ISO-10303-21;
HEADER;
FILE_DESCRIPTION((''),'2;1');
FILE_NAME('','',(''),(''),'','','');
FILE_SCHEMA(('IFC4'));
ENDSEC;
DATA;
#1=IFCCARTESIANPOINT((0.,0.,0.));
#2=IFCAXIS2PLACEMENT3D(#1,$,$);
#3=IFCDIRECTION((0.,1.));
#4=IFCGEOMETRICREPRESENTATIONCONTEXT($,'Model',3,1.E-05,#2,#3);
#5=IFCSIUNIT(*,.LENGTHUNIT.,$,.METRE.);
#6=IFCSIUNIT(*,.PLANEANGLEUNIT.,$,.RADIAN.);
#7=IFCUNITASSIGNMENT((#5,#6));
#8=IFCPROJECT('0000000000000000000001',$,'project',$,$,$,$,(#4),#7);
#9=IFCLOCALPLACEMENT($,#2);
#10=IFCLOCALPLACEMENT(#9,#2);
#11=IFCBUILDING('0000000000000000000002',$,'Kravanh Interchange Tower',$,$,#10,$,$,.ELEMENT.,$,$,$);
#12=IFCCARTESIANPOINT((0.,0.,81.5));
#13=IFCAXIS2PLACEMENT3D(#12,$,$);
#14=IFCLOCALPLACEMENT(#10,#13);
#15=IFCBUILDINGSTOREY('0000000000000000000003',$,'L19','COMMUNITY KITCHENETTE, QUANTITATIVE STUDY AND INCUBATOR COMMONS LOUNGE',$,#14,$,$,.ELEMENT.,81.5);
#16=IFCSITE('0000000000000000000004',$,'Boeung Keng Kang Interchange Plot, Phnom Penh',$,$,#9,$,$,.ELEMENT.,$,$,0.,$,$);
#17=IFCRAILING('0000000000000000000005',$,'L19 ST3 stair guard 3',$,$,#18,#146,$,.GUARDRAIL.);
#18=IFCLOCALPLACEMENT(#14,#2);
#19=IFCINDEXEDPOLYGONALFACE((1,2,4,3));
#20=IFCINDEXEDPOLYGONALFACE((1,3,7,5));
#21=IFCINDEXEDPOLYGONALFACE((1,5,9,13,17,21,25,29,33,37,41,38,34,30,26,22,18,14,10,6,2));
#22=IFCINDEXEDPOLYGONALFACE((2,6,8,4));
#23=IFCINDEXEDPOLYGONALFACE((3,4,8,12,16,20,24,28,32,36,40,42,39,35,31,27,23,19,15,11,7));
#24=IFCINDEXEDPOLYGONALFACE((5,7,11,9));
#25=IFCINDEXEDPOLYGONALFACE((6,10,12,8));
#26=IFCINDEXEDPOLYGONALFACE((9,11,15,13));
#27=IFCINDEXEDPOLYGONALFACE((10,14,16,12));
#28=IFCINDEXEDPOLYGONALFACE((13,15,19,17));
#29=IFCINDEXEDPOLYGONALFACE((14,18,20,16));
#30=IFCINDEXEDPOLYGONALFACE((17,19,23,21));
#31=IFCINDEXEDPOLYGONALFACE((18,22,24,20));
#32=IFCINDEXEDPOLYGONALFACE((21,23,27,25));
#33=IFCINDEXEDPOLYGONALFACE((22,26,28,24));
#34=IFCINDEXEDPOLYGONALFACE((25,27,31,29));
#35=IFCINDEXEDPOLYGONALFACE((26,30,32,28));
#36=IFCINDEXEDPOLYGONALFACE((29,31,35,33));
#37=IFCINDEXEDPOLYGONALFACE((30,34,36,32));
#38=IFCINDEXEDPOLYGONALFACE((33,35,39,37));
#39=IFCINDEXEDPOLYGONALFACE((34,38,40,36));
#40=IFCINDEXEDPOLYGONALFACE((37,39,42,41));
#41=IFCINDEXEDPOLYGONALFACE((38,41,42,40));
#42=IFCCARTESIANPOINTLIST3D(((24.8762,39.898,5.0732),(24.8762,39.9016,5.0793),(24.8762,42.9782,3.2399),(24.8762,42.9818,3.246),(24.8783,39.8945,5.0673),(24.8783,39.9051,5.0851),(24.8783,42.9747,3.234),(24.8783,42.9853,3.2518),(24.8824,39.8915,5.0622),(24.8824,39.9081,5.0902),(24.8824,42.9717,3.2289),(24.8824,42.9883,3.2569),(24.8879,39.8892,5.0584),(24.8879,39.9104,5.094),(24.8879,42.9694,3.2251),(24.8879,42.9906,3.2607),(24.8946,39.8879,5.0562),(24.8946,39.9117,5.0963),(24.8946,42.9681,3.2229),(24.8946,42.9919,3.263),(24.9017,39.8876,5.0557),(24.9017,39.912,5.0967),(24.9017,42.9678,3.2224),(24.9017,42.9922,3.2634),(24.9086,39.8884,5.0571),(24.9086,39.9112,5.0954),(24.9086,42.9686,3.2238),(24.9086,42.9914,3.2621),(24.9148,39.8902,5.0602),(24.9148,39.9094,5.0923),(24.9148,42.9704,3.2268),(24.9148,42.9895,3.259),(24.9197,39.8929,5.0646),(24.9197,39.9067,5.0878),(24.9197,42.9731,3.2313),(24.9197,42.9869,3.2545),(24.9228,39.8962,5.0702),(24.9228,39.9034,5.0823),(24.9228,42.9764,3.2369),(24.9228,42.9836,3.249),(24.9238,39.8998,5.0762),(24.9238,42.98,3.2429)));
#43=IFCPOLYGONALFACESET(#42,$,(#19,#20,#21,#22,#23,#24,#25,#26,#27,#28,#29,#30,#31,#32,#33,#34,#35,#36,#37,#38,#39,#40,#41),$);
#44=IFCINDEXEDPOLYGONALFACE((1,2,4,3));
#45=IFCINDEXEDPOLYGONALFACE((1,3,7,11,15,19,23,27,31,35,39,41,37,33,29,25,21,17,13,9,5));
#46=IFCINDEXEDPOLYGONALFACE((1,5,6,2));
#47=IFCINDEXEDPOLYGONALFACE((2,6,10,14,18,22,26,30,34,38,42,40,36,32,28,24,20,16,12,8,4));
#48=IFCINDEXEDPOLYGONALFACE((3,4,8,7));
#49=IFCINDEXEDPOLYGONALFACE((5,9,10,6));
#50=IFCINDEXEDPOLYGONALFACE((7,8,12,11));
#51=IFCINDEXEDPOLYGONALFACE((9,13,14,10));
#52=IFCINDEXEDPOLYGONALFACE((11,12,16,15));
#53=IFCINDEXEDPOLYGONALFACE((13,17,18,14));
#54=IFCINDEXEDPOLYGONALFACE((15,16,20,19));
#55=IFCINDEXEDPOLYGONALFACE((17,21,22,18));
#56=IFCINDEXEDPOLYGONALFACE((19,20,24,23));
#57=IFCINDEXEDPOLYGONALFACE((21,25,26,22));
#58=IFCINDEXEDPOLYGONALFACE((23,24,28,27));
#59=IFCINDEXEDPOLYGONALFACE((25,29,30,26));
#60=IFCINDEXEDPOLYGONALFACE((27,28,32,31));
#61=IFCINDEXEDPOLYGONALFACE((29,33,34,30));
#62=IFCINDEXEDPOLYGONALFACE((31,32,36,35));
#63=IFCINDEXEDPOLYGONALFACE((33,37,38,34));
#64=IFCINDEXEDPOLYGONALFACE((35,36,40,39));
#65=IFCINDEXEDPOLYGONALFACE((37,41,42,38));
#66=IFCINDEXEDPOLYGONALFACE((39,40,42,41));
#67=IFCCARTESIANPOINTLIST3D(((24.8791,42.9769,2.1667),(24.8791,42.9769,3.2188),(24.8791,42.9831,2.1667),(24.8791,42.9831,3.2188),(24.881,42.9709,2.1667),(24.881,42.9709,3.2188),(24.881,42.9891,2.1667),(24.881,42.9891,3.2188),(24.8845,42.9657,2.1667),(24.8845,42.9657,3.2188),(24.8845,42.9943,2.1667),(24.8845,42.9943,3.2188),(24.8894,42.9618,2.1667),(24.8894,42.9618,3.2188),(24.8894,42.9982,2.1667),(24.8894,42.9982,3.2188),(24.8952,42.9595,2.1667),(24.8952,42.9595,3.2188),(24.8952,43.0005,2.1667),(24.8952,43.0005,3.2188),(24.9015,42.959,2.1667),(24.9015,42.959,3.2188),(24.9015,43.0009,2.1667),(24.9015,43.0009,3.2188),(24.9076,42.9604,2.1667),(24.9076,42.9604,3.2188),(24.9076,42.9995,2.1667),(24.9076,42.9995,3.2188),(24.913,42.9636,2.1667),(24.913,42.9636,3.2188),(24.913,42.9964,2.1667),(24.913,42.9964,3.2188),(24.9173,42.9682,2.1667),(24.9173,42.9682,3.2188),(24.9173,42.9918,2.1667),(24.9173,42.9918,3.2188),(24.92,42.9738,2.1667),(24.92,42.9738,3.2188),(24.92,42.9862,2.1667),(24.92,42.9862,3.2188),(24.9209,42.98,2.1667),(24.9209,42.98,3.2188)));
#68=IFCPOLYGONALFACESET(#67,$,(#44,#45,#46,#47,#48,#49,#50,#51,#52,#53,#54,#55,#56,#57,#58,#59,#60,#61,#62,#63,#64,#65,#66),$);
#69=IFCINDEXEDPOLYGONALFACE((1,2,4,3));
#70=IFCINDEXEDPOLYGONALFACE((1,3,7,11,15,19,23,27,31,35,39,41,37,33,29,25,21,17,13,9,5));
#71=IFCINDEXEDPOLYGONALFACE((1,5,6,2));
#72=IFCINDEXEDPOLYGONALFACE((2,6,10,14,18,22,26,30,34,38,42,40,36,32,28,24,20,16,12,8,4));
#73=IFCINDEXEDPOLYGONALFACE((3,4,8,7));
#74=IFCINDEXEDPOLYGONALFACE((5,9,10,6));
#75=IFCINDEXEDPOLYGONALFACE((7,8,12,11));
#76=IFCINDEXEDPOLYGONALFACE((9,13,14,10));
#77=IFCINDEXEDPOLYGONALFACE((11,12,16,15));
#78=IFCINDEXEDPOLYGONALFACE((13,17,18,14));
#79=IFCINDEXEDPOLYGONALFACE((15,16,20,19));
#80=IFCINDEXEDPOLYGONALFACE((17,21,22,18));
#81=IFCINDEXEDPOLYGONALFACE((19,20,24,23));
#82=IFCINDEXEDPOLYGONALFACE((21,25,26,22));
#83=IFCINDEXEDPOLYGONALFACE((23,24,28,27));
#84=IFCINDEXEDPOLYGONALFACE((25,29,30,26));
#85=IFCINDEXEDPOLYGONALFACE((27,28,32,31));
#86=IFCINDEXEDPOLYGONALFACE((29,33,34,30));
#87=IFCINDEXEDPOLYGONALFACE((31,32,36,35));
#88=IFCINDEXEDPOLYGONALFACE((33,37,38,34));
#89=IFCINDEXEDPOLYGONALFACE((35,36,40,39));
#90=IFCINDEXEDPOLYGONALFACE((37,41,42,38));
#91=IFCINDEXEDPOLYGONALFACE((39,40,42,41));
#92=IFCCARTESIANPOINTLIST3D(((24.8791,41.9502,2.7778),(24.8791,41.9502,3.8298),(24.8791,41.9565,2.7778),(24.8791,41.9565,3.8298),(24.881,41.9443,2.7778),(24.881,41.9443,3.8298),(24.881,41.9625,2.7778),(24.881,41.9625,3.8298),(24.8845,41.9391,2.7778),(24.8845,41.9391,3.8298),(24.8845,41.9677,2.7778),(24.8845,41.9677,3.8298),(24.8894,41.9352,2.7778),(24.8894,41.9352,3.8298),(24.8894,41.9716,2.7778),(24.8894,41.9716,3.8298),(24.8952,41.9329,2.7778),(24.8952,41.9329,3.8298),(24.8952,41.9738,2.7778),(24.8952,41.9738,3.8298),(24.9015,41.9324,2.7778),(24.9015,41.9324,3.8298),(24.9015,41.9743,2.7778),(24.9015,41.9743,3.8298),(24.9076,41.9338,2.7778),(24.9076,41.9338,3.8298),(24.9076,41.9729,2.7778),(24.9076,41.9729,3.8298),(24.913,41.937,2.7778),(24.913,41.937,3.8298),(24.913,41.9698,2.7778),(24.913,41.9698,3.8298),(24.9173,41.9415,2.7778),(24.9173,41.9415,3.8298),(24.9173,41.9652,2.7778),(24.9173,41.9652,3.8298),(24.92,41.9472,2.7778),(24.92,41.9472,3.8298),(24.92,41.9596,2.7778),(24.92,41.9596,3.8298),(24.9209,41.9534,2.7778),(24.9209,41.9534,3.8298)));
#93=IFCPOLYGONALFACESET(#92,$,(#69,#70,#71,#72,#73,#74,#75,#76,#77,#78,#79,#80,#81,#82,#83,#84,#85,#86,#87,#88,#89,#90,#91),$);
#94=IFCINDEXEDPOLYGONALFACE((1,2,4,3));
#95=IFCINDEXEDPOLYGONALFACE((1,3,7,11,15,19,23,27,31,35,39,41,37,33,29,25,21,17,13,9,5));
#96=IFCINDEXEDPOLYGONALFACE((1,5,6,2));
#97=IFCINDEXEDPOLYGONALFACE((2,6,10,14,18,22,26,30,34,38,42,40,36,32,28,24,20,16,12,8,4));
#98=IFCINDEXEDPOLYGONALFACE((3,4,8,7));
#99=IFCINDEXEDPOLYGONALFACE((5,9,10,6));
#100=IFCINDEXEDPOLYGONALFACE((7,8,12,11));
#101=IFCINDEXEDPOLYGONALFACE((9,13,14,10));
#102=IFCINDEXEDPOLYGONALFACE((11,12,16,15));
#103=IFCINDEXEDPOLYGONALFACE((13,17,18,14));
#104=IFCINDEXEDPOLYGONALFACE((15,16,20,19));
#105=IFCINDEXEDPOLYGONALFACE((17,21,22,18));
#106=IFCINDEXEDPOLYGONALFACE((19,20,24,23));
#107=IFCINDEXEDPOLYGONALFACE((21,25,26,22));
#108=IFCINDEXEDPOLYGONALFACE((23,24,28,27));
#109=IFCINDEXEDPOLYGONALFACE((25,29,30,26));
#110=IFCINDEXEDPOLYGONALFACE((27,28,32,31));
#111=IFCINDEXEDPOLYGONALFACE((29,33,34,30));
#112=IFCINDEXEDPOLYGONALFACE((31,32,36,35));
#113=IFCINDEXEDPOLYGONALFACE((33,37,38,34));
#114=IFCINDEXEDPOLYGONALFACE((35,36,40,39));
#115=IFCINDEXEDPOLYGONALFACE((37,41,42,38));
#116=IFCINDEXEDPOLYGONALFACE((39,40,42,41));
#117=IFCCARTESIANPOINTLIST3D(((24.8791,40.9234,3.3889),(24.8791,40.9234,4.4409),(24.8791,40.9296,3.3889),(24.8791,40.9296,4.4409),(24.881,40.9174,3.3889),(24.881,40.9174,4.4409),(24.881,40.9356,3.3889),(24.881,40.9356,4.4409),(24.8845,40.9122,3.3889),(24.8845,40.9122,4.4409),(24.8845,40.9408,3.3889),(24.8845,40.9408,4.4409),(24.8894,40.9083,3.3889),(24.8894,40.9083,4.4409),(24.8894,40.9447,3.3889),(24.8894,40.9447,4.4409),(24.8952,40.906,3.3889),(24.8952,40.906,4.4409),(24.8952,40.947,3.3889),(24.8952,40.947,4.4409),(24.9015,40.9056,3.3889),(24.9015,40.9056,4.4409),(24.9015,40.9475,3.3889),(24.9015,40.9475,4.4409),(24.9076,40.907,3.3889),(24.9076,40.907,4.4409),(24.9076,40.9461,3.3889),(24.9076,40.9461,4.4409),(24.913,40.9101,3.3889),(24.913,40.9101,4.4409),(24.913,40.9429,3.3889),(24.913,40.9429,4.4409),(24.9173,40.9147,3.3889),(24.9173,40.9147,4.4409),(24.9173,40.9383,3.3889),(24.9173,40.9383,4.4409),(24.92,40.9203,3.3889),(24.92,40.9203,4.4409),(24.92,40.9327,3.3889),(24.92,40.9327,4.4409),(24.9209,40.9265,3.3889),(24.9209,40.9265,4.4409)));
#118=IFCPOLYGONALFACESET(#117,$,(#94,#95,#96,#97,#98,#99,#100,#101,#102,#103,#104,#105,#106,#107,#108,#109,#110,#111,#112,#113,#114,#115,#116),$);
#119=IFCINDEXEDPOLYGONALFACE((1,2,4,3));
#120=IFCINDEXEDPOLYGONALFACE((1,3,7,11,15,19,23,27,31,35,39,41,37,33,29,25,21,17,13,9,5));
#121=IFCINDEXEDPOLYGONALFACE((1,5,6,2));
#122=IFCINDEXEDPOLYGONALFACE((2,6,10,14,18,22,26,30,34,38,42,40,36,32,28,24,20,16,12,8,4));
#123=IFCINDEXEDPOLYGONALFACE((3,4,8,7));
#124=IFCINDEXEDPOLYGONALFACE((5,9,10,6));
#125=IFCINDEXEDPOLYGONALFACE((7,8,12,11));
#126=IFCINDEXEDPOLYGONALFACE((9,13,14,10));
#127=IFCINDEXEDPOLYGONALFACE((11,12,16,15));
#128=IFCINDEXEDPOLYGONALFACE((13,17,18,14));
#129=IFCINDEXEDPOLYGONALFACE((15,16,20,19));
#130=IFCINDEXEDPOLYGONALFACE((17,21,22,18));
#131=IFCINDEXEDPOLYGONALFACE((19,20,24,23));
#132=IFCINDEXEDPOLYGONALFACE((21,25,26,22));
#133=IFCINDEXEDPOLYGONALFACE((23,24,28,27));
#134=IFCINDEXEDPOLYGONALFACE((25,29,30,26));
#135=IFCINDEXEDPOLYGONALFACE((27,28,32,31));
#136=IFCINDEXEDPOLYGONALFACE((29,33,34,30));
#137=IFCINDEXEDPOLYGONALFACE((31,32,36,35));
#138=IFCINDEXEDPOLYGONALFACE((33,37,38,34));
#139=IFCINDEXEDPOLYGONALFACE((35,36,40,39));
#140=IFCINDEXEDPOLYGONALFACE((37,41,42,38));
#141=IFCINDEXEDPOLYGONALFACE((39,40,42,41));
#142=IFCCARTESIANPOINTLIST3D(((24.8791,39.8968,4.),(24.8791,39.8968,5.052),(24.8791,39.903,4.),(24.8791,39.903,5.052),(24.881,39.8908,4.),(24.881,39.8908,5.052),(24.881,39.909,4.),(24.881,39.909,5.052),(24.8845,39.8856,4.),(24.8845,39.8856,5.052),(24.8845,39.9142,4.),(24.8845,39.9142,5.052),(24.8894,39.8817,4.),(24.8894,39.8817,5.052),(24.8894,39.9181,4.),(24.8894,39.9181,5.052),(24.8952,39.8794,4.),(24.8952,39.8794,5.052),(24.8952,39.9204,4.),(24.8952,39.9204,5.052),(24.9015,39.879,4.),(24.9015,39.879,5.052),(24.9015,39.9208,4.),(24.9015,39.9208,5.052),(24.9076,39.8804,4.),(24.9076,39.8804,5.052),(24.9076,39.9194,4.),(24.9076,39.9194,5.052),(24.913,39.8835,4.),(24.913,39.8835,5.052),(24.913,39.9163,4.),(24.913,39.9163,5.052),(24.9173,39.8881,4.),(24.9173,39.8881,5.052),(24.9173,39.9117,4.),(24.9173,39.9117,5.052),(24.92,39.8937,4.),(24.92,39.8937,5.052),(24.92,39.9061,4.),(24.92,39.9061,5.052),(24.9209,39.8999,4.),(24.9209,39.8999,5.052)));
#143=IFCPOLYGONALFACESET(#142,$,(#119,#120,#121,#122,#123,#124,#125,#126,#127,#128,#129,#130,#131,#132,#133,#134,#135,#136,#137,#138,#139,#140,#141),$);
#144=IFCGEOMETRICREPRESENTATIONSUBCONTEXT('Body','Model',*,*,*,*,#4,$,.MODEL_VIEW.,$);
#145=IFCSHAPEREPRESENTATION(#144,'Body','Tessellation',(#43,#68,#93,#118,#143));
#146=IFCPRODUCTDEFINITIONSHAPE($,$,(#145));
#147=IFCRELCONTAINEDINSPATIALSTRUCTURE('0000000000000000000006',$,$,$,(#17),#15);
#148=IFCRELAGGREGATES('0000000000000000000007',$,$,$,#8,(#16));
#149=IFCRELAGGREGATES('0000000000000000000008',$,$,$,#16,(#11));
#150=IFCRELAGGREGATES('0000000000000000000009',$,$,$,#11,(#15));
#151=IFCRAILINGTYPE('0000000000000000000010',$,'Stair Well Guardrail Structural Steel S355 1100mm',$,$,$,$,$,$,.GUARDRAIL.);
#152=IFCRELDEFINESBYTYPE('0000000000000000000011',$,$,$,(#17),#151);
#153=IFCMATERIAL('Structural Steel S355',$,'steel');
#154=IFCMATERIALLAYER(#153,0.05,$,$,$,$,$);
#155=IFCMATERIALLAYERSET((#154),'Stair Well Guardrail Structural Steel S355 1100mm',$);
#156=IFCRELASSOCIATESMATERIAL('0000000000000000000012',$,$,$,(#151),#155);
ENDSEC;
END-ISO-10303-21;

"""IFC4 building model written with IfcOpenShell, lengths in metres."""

from ifc_helpers import new_model, si_unit, direction, frame, origin, origin_2d, place, context, subcontext, project, spatial, circle, extrude, material, layer, layer_set, type_object, element, save


model = new_model("IFC4")

# Units and contexts
model_context = context("Model", 3, precision=1e-05, world=origin(), true_north=direction((0.0, 1.0)))
body_context = subcontext(model_context, "Body", "Model", "MODEL_VIEW")
ifc_project = project(units=[si_unit("LENGTHUNIT", "METRE"), si_unit("PLANEANGLEUNIT", "RADIAN")], contexts=[model_context])

# Site, building, storey
site_placement = place(None, origin())
site = spatial("IfcSite", under=ifc_project, at=site_placement, Name="Boeung Keng Kang Interchange Plot, Phnom Penh", CompositionType="ELEMENT", RefElevation=0.0)
building_placement = place(site_placement, origin())
building = spatial("IfcBuilding", under=site, at=building_placement, Name="Kravanh Interchange Tower", CompositionType="ELEMENT")
storey_placement = place(building_placement, frame((0.0, 0.0, 81.5)))
storey = spatial("IfcBuildingStorey", under=building, at=storey_placement, Name="L19", Description="COMMUNITY KITCHENETTE, QUANTITATIVE STUDY AND INCUBATOR COMMONS LOUNGE", CompositionType="ELEMENT", Elevation=81.5)

# Railing
ifc_material_1 = material(Name="Structural Steel S355", Category="steel")
ifc_layer_1 = layer(ifc_material_1, 0.05)
ifc_layer_set_1 = layer_set([ifc_layer_1], Name="Stair Well Guardrail Structural Steel S355 1100mm")
railing_type_1 = type_object("IfcRailingType", Name="Stair Well Guardrail Structural Steel S355 1100mm", PredefinedType="GUARDRAIL", material=ifc_layer_set_1)
railing_1_placement = place(storey_placement, frame((24.8999, 42.98, 2.1667)))
element("IfcRailing", 1, at=railing_1_placement, inside=storey, type_object=railing_type_1, Name="L19 ST3 stair guard 3", PredefinedType="GUARDRAIL", context=body_context, shape_type="SweptSolid", body=[
    extrude(circle(Radius=0.0239, at=origin_2d()), frame((0.0, 0.0, 1.0762), z_axis=(0.0, -0.859309, 0.511458), x_axis=(1.0, 0.0, 0.0)), (0.0, 0.0, 1.0), 3.5845),
    extrude(circle(Radius=0.021, at=origin_2d()), origin(), (0.0, 0.0, 1.0), 1.052),
    extrude(circle(Radius=0.021, at=origin_2d()), frame((0.0, -1.0266, 0.6111)), (0.0, 0.0, 1.0), 1.052),
    extrude(circle(Radius=0.021, at=origin_2d()), frame((0.0, -2.0535, 1.2222)), (0.0, 0.0, 1.0), 1.052),
    extrude(circle(Radius=0.021, at=origin_2d()), frame((0.0, -3.0801, 1.8333)), (0.0, 0.0, 1.0), 1.052),
])

save(model, "model.ifc")
